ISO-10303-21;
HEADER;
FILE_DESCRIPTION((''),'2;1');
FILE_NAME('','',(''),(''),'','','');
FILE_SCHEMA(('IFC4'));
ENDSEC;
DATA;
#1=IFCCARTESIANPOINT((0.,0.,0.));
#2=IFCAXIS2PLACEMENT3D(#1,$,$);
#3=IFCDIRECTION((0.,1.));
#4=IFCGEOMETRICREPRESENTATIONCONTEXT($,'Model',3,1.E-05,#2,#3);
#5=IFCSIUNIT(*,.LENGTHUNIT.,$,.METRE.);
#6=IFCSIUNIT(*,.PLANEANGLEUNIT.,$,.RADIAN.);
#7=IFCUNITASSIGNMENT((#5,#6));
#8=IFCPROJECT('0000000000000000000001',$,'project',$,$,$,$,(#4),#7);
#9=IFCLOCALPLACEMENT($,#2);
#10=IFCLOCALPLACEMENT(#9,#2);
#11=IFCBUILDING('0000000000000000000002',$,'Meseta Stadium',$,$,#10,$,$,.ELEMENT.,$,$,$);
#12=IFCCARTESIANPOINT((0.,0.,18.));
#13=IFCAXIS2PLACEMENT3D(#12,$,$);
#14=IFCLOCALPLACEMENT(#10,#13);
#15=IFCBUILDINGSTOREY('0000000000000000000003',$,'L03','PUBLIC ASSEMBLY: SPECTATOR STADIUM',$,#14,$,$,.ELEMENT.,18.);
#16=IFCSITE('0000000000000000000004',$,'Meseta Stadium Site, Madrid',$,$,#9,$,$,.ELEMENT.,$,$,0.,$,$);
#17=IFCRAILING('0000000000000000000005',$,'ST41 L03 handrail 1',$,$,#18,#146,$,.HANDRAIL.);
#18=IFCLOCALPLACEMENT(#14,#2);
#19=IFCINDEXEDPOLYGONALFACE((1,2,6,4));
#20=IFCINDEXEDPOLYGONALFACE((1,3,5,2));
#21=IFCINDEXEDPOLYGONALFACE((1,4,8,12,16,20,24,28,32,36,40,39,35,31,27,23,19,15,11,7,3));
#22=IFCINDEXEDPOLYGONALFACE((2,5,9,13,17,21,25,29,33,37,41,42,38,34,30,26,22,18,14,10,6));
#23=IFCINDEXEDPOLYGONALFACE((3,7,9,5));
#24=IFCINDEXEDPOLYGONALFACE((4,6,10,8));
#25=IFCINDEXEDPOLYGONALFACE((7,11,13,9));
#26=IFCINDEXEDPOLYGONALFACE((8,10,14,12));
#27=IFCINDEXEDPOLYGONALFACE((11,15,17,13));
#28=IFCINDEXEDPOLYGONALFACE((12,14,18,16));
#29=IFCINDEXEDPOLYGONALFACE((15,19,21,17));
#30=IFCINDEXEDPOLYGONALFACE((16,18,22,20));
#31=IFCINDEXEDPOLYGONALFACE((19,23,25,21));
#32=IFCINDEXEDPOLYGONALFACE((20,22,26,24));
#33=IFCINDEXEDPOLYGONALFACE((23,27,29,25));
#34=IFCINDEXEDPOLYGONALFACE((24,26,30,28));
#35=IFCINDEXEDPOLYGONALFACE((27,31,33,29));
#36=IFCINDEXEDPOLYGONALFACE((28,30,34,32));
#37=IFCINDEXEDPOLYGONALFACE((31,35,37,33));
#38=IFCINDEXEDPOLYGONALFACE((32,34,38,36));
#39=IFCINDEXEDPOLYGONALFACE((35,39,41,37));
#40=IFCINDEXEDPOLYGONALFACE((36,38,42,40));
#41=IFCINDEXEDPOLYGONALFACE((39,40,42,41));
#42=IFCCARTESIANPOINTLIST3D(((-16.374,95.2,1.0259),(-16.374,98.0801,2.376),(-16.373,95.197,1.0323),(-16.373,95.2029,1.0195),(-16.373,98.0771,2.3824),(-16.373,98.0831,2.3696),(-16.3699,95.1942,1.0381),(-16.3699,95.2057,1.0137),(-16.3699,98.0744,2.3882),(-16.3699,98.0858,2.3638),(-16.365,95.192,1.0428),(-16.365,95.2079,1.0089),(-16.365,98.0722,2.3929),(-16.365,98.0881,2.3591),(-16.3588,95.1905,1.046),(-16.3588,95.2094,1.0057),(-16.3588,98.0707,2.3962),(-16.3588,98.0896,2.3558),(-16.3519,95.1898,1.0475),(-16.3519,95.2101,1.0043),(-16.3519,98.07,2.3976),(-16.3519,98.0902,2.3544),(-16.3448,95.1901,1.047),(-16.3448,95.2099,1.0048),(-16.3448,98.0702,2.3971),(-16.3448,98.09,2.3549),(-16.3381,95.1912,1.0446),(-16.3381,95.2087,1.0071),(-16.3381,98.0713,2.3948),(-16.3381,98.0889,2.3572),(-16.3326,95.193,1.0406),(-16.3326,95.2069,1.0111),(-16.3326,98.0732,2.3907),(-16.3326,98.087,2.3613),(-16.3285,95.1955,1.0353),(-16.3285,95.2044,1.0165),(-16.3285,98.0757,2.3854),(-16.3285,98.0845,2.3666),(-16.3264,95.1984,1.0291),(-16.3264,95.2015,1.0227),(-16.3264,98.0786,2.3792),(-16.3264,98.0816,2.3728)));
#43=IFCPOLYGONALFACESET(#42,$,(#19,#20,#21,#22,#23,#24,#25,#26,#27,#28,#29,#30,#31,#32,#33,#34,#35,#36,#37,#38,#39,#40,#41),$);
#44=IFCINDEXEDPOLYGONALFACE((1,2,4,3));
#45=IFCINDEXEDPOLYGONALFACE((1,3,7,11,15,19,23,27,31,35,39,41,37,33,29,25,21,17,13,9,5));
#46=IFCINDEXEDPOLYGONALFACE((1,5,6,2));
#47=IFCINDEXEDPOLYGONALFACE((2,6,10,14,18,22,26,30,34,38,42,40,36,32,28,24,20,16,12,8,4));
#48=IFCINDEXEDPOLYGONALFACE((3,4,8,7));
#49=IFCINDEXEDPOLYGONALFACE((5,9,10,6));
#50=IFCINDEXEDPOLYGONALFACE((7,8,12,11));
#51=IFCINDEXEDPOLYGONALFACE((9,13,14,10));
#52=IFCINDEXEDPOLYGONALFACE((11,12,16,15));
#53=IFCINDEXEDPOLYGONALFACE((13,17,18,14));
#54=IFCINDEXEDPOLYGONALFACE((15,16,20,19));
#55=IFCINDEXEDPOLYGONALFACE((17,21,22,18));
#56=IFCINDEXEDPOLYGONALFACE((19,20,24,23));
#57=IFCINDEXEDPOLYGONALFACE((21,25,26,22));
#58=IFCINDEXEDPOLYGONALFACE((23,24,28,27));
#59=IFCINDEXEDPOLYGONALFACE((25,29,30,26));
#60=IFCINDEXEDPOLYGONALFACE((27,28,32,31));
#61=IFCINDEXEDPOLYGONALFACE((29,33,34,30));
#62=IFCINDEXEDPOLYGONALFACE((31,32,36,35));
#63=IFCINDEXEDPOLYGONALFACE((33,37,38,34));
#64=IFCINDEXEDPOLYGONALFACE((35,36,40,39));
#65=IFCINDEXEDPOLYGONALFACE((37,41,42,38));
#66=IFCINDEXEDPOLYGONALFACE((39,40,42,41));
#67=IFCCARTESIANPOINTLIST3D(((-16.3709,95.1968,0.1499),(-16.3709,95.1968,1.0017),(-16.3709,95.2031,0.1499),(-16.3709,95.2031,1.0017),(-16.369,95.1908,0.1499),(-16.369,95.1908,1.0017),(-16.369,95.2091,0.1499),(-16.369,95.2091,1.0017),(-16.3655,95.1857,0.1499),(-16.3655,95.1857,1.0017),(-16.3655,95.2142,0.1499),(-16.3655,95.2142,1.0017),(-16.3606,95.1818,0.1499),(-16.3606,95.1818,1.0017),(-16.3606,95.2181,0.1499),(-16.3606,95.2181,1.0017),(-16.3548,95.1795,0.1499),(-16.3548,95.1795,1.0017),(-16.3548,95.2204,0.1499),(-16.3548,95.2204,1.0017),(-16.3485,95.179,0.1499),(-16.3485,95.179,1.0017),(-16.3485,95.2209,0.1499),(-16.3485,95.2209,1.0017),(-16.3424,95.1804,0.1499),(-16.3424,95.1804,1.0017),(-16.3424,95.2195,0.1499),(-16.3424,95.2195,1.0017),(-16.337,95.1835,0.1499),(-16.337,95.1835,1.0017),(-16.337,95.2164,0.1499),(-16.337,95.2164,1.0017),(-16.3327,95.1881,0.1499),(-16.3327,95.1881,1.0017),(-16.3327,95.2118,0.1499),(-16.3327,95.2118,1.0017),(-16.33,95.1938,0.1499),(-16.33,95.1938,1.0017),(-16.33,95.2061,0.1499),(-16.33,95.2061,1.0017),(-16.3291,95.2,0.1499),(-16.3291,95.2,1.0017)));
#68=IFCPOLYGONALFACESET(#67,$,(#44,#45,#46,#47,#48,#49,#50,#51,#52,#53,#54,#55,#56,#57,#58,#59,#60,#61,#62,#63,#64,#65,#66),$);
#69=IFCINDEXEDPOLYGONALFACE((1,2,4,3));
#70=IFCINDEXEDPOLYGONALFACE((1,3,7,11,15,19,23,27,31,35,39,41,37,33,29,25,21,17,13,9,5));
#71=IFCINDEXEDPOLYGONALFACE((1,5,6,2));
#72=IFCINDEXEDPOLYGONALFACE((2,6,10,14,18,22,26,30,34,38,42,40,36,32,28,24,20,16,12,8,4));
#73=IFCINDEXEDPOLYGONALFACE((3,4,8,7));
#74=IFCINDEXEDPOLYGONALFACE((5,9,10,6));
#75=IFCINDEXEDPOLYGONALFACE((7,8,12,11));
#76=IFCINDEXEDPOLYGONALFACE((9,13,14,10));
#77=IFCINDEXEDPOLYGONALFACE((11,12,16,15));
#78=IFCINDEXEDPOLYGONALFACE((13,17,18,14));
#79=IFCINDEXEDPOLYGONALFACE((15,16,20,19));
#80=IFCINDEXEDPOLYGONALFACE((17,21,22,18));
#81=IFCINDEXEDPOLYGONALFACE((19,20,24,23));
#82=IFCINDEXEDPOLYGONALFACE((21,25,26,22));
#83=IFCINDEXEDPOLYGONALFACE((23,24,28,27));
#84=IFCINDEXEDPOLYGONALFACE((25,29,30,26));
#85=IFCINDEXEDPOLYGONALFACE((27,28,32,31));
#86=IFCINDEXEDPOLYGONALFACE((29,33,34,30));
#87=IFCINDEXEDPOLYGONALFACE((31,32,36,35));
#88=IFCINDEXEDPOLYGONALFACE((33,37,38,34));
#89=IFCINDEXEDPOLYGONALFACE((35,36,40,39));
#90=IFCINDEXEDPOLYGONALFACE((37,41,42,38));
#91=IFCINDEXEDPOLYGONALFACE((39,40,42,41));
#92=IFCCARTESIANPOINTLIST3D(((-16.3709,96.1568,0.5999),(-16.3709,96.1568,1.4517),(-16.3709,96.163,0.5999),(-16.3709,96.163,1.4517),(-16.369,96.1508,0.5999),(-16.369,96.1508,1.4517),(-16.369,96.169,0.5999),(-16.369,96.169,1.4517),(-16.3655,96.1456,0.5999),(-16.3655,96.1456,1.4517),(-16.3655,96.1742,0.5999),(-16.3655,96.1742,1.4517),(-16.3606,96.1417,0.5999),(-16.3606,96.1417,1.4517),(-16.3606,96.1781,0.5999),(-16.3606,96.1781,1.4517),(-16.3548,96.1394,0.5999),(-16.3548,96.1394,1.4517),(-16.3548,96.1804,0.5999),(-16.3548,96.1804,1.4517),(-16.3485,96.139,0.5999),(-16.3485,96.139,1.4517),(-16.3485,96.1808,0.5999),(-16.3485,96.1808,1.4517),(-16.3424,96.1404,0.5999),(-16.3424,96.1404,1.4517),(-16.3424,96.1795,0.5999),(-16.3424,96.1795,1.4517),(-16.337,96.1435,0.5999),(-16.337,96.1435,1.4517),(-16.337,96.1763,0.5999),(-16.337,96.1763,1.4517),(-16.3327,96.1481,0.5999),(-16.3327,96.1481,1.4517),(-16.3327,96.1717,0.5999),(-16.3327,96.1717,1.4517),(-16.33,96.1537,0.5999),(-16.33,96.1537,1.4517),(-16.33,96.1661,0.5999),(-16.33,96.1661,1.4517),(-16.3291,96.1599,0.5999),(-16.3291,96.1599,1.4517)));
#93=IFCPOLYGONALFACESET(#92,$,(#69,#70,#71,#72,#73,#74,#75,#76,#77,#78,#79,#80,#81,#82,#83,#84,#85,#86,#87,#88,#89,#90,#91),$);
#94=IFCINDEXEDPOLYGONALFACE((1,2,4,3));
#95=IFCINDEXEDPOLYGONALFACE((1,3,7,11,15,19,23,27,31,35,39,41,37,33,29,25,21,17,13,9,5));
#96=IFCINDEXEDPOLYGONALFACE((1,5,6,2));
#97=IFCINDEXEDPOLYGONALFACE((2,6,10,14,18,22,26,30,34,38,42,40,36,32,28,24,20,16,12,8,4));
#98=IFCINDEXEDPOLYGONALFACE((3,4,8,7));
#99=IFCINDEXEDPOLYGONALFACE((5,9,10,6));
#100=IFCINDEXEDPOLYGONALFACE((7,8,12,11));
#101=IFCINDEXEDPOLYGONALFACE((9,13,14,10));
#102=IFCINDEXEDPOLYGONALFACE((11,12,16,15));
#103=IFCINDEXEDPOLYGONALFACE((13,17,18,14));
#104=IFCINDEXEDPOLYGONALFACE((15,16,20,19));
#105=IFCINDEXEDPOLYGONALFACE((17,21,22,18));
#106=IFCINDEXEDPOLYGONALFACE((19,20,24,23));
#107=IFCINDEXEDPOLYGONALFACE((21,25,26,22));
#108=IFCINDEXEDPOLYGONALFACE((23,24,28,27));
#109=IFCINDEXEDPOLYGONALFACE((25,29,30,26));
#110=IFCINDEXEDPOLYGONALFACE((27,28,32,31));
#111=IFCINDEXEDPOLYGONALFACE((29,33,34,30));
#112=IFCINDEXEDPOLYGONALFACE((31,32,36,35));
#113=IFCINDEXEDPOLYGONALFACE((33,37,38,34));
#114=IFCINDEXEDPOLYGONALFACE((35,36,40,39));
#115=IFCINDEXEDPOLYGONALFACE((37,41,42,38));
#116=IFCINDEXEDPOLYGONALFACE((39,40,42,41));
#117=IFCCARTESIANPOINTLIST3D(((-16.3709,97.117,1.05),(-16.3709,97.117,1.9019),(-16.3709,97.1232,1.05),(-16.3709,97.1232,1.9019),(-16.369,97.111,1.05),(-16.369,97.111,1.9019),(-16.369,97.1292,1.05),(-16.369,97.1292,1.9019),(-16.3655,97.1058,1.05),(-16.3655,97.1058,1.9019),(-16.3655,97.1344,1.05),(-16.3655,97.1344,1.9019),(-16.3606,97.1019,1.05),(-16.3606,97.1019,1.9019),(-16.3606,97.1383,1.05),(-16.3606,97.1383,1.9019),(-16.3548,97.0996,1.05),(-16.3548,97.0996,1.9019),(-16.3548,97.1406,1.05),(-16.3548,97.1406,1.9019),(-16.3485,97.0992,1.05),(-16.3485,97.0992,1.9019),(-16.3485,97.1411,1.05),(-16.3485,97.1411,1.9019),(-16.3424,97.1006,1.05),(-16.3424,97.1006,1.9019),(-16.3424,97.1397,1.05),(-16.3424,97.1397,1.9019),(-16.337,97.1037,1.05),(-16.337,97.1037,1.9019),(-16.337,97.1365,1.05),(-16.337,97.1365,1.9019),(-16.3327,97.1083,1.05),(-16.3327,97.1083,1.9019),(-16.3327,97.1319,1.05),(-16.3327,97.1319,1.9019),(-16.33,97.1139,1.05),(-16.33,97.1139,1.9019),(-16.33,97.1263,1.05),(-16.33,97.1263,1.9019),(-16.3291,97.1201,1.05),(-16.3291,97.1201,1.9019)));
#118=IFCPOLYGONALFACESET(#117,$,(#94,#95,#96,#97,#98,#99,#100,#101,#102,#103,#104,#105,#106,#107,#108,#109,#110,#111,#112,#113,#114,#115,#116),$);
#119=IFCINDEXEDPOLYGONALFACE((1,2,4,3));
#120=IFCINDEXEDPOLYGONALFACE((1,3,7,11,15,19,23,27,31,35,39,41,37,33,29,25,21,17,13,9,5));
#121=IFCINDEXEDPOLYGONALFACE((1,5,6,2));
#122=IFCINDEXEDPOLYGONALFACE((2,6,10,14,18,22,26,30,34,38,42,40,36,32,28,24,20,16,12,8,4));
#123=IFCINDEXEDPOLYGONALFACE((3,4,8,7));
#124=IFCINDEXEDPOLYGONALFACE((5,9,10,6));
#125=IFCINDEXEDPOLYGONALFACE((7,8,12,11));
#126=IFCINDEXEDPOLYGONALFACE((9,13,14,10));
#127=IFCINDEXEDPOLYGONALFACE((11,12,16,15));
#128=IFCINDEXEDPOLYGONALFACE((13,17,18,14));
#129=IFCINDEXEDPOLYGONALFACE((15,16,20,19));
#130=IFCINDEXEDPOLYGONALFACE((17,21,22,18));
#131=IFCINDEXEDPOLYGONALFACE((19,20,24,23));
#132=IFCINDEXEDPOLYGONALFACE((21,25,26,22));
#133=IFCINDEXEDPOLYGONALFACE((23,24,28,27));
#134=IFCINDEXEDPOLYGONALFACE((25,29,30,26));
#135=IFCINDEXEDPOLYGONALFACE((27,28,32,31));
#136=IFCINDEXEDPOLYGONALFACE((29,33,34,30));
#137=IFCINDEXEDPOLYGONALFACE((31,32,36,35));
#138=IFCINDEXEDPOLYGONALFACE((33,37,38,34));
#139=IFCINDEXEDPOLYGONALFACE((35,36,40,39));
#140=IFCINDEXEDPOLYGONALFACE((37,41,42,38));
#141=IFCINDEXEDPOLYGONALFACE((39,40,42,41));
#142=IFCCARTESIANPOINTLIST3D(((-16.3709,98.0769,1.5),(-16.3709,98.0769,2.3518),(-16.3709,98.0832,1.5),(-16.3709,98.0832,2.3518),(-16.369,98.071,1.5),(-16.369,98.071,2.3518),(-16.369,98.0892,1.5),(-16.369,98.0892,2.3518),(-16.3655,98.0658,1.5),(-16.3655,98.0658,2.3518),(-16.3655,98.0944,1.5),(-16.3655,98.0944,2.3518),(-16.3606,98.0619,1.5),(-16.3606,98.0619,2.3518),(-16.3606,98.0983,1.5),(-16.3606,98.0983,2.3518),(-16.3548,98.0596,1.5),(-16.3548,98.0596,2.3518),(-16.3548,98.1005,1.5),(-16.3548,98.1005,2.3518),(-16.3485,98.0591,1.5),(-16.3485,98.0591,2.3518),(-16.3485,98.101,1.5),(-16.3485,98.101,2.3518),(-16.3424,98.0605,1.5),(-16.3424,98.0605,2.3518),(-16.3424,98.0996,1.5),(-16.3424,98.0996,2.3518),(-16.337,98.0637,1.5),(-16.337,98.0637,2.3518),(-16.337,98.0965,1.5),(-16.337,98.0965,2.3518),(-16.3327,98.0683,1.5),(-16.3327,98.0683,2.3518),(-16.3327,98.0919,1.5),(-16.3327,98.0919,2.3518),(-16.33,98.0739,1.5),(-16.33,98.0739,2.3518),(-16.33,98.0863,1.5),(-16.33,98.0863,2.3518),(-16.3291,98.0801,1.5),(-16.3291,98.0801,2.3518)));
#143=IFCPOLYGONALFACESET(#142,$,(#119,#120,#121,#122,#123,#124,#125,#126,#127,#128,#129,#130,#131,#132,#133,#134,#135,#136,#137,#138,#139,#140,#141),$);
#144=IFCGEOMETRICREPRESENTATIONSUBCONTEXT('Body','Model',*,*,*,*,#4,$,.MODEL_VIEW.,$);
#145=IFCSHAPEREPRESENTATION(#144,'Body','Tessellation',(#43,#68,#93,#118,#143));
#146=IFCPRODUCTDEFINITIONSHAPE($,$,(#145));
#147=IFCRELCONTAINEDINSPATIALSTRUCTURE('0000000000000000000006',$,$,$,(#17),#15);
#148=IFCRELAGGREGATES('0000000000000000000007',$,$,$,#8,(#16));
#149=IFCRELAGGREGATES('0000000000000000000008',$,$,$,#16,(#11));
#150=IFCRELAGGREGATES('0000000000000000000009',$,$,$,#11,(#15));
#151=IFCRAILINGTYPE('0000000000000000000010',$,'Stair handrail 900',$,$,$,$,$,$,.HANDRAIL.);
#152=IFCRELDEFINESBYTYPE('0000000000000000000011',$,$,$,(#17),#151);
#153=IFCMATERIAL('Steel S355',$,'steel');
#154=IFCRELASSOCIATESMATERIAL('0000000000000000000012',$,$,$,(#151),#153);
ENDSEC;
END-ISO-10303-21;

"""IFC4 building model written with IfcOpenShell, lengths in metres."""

from ifc_helpers import new_model, si_unit, direction, frame, origin, origin_2d, place, context, subcontext, project, spatial, circle, extrude, material, type_object, element, save


model = new_model("IFC4")

# Units and contexts
model_context = context("Model", 3, precision=1e-05, world=origin(), true_north=direction((0.0, 1.0)))
body_context = subcontext(model_context, "Body", "Model", "MODEL_VIEW")
ifc_project = project(units=[si_unit("LENGTHUNIT", "METRE"), si_unit("PLANEANGLEUNIT", "RADIAN")], contexts=[model_context])

# Site, building, storey
site_placement = place(None, origin())
site = spatial("IfcSite", under=ifc_project, at=site_placement, Name="Meseta Stadium Site, Madrid", CompositionType="ELEMENT", RefElevation=0.0)
building_placement = place(site_placement, origin())
building = spatial("IfcBuilding", under=site, at=building_placement, Name="Meseta Stadium", CompositionType="ELEMENT")
storey_placement = place(building_placement, frame((0.0, 0.0, 18.0)))
storey = spatial("IfcBuildingStorey", under=building, at=storey_placement, Name="L03", Description="PUBLIC ASSEMBLY: SPECTATOR STADIUM", CompositionType="ELEMENT", Elevation=18.0)

# Railing
ifc_material_1 = material(Name="Steel S355", Category="steel")
railing_type_1 = type_object("IfcRailingType", Name="Stair handrail 900", PredefinedType="HANDRAIL", material=ifc_material_1)
for number, where, name in (
    (1, (-16.3501, 95.2, 0.1499), "ST41 L03 handrail 1"),
):
    element("IfcRailing", number, at=place(storey_placement, frame(where)), inside=storey, type_object=railing_type_1, Name=name, PredefinedType="HANDRAIL", context=body_context, shape_type="SweptSolid", body=[
        extrude(circle(Radius=0.0239, at=origin_2d()), frame((0.0, 0.0, 0.876), z_axis=(0.0, 0.905454, 0.424444), x_axis=(-1.0, 0.0, 0.0)), (0.0, 0.0, 1.0), 3.1809),
        extrude(circle(Radius=0.021, at=origin_2d()), origin(), (0.0, 0.0, 1.0), 0.8518),
        extrude(circle(Radius=0.021, at=origin_2d()), frame((0.0, 0.96, 0.45)), (0.0, 0.0, 1.0), 0.8518),
        extrude(circle(Radius=0.021, at=origin_2d()), frame((0.0, 1.9202, 0.9001)), (0.0, 0.0, 1.0), 0.8518),
        extrude(circle(Radius=0.021, at=origin_2d()), frame((0.0, 2.8801, 1.3501)), (0.0, 0.0, 1.0), 0.8518),
    ])

save(model, "model.ifc")
